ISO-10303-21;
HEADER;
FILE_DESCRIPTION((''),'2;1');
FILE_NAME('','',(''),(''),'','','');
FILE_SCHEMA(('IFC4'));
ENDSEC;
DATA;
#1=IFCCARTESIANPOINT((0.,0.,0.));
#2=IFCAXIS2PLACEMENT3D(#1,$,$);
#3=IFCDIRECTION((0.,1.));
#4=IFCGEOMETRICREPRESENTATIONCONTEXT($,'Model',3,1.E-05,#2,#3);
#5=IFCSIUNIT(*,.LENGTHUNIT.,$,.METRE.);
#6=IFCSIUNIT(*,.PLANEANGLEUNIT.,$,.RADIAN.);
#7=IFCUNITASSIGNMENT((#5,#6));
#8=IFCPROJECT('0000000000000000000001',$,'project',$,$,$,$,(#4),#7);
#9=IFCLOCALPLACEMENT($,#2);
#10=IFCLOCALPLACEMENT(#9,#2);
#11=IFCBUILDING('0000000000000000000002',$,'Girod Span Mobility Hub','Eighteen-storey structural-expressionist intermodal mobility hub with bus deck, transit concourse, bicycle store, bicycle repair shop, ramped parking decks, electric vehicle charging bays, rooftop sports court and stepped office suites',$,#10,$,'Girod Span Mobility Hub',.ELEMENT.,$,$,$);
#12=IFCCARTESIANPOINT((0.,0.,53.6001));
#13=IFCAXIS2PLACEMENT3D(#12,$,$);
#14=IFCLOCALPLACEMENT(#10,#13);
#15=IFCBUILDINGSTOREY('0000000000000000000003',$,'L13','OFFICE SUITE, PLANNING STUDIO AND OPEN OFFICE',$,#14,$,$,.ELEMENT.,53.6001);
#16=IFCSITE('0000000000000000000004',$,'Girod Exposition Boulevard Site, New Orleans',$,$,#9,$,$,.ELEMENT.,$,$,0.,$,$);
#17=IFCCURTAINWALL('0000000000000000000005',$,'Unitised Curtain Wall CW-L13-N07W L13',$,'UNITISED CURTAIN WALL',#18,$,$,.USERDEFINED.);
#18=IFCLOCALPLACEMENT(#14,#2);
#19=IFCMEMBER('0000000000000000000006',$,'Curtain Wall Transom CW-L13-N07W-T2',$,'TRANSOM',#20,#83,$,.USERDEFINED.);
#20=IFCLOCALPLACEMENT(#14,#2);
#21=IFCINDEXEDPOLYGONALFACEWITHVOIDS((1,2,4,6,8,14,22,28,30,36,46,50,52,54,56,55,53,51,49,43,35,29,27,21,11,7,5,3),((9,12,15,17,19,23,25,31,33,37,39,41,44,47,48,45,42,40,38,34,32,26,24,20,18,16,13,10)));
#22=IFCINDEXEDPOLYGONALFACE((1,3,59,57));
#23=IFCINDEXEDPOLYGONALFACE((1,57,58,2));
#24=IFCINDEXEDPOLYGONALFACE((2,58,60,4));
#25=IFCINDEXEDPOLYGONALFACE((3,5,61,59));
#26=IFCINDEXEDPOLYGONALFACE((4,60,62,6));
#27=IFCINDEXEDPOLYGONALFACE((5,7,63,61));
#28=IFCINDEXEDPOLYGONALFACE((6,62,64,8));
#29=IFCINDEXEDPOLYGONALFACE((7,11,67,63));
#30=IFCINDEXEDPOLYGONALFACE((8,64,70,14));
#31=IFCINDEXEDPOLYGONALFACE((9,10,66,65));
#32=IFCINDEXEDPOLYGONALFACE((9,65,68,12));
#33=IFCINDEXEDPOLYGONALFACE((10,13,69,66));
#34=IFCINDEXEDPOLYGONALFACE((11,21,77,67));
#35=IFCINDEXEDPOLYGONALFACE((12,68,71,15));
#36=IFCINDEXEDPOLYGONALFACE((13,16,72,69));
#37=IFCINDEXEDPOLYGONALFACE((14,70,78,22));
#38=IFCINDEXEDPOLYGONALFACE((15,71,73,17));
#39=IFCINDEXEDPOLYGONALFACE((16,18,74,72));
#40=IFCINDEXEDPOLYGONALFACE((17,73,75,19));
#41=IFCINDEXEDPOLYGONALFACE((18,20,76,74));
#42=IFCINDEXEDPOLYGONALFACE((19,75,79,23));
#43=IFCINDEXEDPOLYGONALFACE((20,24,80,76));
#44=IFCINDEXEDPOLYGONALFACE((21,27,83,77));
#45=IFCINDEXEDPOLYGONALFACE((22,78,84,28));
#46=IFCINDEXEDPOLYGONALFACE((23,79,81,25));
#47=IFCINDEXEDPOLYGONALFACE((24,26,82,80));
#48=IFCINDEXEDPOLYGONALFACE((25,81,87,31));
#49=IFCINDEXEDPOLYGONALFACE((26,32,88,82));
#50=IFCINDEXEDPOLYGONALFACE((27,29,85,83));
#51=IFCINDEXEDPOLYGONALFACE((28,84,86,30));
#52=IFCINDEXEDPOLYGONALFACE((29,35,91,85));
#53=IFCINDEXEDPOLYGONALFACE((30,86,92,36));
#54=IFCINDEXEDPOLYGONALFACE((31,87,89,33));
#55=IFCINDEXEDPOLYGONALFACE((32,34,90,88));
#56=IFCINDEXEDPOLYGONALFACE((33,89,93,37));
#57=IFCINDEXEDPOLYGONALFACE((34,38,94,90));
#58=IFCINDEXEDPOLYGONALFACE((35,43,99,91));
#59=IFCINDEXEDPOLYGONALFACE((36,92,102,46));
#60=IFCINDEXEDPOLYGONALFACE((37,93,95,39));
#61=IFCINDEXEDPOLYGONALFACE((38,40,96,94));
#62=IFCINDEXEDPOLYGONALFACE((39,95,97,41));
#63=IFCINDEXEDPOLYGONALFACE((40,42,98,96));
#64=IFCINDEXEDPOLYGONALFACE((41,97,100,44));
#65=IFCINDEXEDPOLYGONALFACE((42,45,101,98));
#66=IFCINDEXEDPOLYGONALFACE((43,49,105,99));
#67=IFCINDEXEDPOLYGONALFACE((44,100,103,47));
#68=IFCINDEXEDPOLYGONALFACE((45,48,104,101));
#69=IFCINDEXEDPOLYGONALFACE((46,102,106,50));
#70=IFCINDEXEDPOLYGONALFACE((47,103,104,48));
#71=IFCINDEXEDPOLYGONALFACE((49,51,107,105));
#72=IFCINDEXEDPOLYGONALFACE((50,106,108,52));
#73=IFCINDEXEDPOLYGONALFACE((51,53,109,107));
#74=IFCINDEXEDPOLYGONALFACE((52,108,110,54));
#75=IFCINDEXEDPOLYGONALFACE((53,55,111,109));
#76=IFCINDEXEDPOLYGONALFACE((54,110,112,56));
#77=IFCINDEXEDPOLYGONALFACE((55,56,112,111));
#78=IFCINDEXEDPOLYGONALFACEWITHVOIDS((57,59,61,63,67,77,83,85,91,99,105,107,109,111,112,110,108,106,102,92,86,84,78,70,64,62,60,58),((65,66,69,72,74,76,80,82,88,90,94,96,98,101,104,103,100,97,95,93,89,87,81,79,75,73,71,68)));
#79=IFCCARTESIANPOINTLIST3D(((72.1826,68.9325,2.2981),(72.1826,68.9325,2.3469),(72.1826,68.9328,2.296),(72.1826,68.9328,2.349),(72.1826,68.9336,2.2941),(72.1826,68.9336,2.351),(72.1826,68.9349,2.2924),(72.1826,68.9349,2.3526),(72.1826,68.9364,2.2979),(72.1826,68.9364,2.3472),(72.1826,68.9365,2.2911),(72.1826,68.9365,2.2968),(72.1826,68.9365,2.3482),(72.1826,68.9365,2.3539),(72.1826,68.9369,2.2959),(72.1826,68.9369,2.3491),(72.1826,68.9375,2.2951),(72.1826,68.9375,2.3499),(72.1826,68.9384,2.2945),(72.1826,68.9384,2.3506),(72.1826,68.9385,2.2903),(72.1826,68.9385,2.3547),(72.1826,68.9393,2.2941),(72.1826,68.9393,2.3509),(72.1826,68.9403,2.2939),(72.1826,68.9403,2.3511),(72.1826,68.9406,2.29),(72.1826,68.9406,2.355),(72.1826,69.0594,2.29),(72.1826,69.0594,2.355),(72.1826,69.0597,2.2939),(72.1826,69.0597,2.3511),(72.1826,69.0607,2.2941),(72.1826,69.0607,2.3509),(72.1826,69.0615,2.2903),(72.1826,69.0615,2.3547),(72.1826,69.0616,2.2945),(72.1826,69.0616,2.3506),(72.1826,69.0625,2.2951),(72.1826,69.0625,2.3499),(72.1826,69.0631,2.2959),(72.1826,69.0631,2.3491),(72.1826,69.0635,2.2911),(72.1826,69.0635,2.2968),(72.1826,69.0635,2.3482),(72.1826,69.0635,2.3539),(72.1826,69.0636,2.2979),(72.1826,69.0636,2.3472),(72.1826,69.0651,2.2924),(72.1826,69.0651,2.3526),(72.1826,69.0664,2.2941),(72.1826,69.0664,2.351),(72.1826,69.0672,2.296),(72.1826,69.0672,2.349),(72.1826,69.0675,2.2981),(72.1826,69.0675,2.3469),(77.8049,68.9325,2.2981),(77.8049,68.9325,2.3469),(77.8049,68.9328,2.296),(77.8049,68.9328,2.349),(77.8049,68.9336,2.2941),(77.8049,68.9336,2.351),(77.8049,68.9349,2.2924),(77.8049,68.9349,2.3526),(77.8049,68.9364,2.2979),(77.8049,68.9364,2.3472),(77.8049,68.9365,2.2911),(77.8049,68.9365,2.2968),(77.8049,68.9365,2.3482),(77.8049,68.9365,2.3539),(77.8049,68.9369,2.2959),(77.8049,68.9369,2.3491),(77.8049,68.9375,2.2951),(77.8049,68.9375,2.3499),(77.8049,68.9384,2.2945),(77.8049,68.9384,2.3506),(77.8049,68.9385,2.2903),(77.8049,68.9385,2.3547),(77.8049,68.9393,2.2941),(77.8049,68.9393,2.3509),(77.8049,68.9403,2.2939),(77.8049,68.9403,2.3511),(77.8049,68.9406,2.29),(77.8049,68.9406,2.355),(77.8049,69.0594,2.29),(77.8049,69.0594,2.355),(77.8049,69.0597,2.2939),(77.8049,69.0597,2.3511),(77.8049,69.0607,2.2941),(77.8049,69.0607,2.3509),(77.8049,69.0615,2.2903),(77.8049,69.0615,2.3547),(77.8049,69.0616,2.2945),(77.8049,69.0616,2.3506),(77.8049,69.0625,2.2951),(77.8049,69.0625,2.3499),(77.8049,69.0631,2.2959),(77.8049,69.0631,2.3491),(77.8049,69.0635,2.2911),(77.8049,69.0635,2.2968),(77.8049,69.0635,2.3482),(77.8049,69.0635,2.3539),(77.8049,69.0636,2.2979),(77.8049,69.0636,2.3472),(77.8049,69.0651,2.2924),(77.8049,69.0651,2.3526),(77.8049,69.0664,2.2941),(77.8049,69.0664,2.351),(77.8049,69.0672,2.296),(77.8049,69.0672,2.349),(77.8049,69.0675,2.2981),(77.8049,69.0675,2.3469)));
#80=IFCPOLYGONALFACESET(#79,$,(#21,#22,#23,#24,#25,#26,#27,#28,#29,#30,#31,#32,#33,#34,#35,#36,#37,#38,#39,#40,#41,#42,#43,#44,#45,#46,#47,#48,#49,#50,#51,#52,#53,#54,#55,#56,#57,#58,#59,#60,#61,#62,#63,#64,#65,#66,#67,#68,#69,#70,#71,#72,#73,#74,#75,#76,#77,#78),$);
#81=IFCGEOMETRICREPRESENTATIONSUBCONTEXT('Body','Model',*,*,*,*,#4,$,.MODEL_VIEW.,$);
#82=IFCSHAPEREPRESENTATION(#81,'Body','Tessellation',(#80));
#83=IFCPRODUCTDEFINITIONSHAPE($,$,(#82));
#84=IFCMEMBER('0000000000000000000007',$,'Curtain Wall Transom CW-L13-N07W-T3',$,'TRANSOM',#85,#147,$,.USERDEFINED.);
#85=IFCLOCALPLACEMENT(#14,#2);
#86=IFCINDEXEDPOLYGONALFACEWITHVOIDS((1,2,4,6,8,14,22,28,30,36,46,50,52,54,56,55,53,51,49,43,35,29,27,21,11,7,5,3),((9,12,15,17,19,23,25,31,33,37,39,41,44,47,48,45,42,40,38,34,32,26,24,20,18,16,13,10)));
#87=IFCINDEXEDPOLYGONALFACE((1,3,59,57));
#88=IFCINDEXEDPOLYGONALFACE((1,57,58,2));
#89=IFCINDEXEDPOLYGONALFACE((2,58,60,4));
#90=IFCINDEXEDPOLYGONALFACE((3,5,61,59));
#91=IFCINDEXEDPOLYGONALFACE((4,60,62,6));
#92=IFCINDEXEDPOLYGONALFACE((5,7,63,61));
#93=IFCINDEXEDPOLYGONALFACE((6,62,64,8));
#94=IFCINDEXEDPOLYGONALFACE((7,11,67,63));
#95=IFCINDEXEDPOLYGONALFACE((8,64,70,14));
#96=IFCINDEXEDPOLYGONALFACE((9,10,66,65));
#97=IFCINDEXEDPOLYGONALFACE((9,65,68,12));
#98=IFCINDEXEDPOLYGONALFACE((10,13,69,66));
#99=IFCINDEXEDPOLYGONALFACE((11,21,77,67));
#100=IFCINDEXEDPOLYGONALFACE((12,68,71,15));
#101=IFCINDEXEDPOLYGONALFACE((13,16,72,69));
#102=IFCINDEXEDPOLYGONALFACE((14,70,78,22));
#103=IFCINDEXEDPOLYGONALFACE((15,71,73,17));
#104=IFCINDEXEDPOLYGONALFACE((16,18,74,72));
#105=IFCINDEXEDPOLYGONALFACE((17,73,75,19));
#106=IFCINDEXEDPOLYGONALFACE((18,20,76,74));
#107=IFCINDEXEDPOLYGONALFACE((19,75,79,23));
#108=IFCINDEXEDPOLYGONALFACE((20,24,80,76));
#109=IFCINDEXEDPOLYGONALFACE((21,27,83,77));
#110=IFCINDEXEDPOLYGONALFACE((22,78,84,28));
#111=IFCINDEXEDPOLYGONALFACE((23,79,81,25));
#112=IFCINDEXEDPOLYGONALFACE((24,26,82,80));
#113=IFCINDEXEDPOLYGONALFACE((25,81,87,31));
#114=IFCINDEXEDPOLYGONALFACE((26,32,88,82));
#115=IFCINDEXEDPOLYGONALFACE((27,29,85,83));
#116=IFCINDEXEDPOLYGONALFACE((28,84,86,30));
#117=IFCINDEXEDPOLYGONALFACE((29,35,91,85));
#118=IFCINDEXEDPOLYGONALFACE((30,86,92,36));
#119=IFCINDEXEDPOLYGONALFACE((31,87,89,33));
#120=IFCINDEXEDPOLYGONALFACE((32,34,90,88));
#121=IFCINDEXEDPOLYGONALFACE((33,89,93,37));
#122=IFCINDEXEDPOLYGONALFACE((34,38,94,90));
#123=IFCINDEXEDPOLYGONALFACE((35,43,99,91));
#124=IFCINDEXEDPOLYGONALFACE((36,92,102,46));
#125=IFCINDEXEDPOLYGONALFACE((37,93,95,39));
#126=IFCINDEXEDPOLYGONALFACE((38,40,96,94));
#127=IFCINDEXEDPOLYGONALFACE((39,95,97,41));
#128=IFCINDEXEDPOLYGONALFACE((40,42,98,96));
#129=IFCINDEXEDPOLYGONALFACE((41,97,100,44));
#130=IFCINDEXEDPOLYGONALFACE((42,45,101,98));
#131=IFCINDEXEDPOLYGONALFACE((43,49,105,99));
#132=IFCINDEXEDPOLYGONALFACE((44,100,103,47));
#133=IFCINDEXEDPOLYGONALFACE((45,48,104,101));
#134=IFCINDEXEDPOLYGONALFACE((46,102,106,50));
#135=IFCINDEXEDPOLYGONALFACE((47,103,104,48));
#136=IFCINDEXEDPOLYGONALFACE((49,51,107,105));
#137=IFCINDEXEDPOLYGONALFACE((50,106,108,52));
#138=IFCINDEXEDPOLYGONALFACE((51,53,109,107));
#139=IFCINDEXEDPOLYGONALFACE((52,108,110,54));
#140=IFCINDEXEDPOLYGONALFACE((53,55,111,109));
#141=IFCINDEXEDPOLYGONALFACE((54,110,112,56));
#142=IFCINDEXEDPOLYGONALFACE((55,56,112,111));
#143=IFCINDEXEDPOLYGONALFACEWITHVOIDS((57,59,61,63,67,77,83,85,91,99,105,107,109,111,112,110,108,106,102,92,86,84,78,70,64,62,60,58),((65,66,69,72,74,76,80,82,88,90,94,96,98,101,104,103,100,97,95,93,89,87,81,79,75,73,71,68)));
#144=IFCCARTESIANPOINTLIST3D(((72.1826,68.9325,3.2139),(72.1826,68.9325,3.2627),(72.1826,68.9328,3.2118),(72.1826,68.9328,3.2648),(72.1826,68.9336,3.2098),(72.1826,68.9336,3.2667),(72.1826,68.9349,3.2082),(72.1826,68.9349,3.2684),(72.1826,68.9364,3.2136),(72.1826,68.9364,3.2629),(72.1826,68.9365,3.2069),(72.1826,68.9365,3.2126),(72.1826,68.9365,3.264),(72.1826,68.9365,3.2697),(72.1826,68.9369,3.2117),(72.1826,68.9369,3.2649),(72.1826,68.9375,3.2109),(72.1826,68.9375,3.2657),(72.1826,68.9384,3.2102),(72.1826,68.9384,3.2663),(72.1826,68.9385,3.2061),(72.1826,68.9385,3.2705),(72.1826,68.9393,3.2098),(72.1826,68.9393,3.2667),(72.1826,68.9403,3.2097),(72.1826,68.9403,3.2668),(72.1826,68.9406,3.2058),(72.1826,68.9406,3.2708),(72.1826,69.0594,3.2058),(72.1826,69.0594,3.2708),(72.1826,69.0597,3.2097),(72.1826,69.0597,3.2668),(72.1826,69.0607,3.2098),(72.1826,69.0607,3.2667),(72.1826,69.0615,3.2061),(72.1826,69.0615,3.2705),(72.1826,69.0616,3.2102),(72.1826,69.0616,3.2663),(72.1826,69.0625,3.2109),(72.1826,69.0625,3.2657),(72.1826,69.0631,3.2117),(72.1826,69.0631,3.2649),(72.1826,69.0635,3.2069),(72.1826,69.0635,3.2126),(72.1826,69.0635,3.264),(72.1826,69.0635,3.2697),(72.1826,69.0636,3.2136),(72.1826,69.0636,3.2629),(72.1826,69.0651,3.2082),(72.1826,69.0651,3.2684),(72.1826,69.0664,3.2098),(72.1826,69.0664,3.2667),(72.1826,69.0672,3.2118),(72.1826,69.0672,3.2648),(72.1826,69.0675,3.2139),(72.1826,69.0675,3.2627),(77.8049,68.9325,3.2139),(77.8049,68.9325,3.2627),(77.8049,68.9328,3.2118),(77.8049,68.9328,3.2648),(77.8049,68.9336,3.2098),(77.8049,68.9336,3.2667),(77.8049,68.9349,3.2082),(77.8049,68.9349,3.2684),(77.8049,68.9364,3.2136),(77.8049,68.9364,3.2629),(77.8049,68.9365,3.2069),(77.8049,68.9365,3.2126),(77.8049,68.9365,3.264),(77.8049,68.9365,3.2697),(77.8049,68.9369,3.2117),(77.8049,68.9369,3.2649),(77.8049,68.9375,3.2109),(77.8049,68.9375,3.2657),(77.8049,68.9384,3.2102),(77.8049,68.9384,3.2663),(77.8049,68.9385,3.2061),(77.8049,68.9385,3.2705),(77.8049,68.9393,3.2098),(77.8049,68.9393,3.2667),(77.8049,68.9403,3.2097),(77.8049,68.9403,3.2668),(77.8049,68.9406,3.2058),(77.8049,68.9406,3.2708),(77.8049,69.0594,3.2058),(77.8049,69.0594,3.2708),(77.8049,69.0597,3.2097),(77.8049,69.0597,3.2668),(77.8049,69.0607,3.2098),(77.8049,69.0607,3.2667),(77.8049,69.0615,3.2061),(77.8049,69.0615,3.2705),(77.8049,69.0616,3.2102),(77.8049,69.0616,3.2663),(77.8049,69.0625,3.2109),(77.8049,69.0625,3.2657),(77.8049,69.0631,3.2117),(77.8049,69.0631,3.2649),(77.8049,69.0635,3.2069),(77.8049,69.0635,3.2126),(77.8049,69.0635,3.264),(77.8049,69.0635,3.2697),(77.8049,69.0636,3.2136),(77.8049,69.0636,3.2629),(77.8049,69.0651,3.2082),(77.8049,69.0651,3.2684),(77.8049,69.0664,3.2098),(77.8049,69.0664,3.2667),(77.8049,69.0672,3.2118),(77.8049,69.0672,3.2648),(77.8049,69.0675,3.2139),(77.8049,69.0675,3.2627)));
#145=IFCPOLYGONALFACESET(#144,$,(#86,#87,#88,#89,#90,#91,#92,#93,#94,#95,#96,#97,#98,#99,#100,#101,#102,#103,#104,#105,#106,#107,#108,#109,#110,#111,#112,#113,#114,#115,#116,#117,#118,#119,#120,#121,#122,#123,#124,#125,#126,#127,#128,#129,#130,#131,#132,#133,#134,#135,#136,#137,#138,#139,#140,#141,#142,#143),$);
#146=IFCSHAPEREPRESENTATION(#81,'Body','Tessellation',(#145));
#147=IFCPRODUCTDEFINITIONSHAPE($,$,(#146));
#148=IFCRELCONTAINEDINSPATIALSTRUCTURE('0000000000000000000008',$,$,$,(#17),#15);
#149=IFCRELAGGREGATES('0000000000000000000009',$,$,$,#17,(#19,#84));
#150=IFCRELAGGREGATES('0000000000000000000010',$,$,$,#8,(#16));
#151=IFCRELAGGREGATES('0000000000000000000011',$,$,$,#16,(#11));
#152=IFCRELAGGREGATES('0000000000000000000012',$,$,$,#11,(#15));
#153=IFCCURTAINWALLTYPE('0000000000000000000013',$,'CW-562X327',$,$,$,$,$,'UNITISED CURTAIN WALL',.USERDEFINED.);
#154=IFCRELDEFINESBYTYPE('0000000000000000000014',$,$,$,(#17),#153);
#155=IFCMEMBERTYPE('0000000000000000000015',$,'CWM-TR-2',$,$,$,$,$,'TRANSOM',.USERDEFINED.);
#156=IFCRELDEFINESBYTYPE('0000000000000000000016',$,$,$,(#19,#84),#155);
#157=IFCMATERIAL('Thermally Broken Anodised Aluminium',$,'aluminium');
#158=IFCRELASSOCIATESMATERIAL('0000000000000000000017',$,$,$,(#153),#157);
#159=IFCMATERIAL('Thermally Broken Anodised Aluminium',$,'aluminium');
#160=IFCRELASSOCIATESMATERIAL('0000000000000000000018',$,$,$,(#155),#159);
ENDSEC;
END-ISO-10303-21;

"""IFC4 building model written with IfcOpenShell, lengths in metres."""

from ifc_helpers import new_model, si_unit, direction, frame, origin, origin_2d, place, context, subcontext, project, spatial, hollow_rectangle, extrude, material, material_profile, profile_set, type_object, element, aggregate, save


model = new_model("IFC4")

# Units and contexts
model_context = context("Model", 3, precision=1e-05, world=origin(), true_north=direction((0.0, 1.0)))
body_context = subcontext(model_context, "Body", "Model", "MODEL_VIEW")
ifc_project = project(units=[si_unit("LENGTHUNIT", "METRE"), si_unit("PLANEANGLEUNIT", "RADIAN")], contexts=[model_context])

# Site, building, storey
site_placement = place(None, origin())
site = spatial("IfcSite", under=ifc_project, at=site_placement, Name="Girod Exposition Boulevard Site, New Orleans", CompositionType="ELEMENT", RefElevation=0.0)
building_placement = place(site_placement, origin())
building = spatial("IfcBuilding", under=site, at=building_placement, Name="Girod Span Mobility Hub", Description="Eighteen-storey structural-expressionist intermodal mobility hub with bus deck, transit concourse, bicycle store, bicycle repair shop, ramped parking decks, electric vehicle charging bays, rooftop sports court and stepped office suites", LongName="Girod Span Mobility Hub", CompositionType="ELEMENT")
storey_placement = place(building_placement, frame((0.0, 0.0, 53.6001)))
storey = spatial("IfcBuildingStorey", under=building, at=storey_placement, Name="L13", Description="OFFICE SUITE, PLANNING STUDIO AND OPEN OFFICE", CompositionType="ELEMENT", Elevation=53.6001)

# Shared definitions
ifc_material_1 = material(Name="Thermally Broken Anodised Aluminium", Category="aluminium")
curtain_wall_type = type_object("IfcCurtainWallType", Name="CW-562X327", ElementType="UNITISED CURTAIN WALL", PredefinedType="USERDEFINED", material=ifc_material_1)

# Curtain wall
curtain_wall_1_placement = place(storey_placement, origin())
curtain_wall_1 = element("IfcCurtainWall", 1, at=curtain_wall_1_placement, inside=storey, type_object=curtain_wall_type, Name="Unitised Curtain Wall CW-L13-N07W L13", ObjectType="UNITISED CURTAIN WALL", PredefinedType="USERDEFINED")

# Members
ifc_material_2 = material(Name="Thermally Broken Anodised Aluminium", Category="aluminium")
ifc_material_profile_1 = material_profile(ifc_material_2, hollow_rectangle(XDim=0.135, YDim=0.0649, WallThickness=0.0039, InnerFilletRadius=0.0039, OuterFilletRadius=0.0081, at=origin_2d()), Name="CW-TR-65X135")
ifc_profile_set_1 = profile_set([ifc_material_profile_1], Name="Thermally Broken Anodised Aluminium")
member_type_1 = type_object("IfcMemberType", Name="CWM-TR-2", ElementType="TRANSOM", PredefinedType="USERDEFINED", material=ifc_profile_set_1)
member_1_placement = place(storey_placement, frame((72.1826, 69.0, 2.3225), z_axis=(1.0, 0.0, 0.0), x_axis=(0.0, 1.0, 0.0)))
member_1 = element("IfcMember", 2, at=member_1_placement, type_object=member_type_1, Name="Curtain Wall Transom CW-L13-N07W-T2", ObjectType="TRANSOM", PredefinedType="USERDEFINED", context=body_context, shape_type="SweptSolid", body=[
    extrude(hollow_rectangle(XDim=0.135, YDim=0.0649, WallThickness=0.0039, InnerFilletRadius=0.0039, OuterFilletRadius=0.0081, at=origin_2d()), origin(), (0.0, 0.0, 1.0), 5.6223),
])
member_2_placement = place(storey_placement, frame((72.1826, 69.0, 3.2383), z_axis=(1.0, 0.0, 0.0), x_axis=(0.0, 1.0, 0.0)))
member_2 = element("IfcMember", 3, at=member_2_placement, type_object=member_type_1, Name="Curtain Wall Transom CW-L13-N07W-T3", ObjectType="TRANSOM", PredefinedType="USERDEFINED", context=body_context, shape_type="SweptSolid", body=[
    extrude(hollow_rectangle(XDim=0.135, YDim=0.0649, WallThickness=0.0039, InnerFilletRadius=0.0039, OuterFilletRadius=0.0081, at=origin_2d()), origin(), (0.0, 0.0, 1.0), 5.6223),
])

aggregate(curtain_wall_1, [member_1, member_2])

save(model, "model.ifc")
